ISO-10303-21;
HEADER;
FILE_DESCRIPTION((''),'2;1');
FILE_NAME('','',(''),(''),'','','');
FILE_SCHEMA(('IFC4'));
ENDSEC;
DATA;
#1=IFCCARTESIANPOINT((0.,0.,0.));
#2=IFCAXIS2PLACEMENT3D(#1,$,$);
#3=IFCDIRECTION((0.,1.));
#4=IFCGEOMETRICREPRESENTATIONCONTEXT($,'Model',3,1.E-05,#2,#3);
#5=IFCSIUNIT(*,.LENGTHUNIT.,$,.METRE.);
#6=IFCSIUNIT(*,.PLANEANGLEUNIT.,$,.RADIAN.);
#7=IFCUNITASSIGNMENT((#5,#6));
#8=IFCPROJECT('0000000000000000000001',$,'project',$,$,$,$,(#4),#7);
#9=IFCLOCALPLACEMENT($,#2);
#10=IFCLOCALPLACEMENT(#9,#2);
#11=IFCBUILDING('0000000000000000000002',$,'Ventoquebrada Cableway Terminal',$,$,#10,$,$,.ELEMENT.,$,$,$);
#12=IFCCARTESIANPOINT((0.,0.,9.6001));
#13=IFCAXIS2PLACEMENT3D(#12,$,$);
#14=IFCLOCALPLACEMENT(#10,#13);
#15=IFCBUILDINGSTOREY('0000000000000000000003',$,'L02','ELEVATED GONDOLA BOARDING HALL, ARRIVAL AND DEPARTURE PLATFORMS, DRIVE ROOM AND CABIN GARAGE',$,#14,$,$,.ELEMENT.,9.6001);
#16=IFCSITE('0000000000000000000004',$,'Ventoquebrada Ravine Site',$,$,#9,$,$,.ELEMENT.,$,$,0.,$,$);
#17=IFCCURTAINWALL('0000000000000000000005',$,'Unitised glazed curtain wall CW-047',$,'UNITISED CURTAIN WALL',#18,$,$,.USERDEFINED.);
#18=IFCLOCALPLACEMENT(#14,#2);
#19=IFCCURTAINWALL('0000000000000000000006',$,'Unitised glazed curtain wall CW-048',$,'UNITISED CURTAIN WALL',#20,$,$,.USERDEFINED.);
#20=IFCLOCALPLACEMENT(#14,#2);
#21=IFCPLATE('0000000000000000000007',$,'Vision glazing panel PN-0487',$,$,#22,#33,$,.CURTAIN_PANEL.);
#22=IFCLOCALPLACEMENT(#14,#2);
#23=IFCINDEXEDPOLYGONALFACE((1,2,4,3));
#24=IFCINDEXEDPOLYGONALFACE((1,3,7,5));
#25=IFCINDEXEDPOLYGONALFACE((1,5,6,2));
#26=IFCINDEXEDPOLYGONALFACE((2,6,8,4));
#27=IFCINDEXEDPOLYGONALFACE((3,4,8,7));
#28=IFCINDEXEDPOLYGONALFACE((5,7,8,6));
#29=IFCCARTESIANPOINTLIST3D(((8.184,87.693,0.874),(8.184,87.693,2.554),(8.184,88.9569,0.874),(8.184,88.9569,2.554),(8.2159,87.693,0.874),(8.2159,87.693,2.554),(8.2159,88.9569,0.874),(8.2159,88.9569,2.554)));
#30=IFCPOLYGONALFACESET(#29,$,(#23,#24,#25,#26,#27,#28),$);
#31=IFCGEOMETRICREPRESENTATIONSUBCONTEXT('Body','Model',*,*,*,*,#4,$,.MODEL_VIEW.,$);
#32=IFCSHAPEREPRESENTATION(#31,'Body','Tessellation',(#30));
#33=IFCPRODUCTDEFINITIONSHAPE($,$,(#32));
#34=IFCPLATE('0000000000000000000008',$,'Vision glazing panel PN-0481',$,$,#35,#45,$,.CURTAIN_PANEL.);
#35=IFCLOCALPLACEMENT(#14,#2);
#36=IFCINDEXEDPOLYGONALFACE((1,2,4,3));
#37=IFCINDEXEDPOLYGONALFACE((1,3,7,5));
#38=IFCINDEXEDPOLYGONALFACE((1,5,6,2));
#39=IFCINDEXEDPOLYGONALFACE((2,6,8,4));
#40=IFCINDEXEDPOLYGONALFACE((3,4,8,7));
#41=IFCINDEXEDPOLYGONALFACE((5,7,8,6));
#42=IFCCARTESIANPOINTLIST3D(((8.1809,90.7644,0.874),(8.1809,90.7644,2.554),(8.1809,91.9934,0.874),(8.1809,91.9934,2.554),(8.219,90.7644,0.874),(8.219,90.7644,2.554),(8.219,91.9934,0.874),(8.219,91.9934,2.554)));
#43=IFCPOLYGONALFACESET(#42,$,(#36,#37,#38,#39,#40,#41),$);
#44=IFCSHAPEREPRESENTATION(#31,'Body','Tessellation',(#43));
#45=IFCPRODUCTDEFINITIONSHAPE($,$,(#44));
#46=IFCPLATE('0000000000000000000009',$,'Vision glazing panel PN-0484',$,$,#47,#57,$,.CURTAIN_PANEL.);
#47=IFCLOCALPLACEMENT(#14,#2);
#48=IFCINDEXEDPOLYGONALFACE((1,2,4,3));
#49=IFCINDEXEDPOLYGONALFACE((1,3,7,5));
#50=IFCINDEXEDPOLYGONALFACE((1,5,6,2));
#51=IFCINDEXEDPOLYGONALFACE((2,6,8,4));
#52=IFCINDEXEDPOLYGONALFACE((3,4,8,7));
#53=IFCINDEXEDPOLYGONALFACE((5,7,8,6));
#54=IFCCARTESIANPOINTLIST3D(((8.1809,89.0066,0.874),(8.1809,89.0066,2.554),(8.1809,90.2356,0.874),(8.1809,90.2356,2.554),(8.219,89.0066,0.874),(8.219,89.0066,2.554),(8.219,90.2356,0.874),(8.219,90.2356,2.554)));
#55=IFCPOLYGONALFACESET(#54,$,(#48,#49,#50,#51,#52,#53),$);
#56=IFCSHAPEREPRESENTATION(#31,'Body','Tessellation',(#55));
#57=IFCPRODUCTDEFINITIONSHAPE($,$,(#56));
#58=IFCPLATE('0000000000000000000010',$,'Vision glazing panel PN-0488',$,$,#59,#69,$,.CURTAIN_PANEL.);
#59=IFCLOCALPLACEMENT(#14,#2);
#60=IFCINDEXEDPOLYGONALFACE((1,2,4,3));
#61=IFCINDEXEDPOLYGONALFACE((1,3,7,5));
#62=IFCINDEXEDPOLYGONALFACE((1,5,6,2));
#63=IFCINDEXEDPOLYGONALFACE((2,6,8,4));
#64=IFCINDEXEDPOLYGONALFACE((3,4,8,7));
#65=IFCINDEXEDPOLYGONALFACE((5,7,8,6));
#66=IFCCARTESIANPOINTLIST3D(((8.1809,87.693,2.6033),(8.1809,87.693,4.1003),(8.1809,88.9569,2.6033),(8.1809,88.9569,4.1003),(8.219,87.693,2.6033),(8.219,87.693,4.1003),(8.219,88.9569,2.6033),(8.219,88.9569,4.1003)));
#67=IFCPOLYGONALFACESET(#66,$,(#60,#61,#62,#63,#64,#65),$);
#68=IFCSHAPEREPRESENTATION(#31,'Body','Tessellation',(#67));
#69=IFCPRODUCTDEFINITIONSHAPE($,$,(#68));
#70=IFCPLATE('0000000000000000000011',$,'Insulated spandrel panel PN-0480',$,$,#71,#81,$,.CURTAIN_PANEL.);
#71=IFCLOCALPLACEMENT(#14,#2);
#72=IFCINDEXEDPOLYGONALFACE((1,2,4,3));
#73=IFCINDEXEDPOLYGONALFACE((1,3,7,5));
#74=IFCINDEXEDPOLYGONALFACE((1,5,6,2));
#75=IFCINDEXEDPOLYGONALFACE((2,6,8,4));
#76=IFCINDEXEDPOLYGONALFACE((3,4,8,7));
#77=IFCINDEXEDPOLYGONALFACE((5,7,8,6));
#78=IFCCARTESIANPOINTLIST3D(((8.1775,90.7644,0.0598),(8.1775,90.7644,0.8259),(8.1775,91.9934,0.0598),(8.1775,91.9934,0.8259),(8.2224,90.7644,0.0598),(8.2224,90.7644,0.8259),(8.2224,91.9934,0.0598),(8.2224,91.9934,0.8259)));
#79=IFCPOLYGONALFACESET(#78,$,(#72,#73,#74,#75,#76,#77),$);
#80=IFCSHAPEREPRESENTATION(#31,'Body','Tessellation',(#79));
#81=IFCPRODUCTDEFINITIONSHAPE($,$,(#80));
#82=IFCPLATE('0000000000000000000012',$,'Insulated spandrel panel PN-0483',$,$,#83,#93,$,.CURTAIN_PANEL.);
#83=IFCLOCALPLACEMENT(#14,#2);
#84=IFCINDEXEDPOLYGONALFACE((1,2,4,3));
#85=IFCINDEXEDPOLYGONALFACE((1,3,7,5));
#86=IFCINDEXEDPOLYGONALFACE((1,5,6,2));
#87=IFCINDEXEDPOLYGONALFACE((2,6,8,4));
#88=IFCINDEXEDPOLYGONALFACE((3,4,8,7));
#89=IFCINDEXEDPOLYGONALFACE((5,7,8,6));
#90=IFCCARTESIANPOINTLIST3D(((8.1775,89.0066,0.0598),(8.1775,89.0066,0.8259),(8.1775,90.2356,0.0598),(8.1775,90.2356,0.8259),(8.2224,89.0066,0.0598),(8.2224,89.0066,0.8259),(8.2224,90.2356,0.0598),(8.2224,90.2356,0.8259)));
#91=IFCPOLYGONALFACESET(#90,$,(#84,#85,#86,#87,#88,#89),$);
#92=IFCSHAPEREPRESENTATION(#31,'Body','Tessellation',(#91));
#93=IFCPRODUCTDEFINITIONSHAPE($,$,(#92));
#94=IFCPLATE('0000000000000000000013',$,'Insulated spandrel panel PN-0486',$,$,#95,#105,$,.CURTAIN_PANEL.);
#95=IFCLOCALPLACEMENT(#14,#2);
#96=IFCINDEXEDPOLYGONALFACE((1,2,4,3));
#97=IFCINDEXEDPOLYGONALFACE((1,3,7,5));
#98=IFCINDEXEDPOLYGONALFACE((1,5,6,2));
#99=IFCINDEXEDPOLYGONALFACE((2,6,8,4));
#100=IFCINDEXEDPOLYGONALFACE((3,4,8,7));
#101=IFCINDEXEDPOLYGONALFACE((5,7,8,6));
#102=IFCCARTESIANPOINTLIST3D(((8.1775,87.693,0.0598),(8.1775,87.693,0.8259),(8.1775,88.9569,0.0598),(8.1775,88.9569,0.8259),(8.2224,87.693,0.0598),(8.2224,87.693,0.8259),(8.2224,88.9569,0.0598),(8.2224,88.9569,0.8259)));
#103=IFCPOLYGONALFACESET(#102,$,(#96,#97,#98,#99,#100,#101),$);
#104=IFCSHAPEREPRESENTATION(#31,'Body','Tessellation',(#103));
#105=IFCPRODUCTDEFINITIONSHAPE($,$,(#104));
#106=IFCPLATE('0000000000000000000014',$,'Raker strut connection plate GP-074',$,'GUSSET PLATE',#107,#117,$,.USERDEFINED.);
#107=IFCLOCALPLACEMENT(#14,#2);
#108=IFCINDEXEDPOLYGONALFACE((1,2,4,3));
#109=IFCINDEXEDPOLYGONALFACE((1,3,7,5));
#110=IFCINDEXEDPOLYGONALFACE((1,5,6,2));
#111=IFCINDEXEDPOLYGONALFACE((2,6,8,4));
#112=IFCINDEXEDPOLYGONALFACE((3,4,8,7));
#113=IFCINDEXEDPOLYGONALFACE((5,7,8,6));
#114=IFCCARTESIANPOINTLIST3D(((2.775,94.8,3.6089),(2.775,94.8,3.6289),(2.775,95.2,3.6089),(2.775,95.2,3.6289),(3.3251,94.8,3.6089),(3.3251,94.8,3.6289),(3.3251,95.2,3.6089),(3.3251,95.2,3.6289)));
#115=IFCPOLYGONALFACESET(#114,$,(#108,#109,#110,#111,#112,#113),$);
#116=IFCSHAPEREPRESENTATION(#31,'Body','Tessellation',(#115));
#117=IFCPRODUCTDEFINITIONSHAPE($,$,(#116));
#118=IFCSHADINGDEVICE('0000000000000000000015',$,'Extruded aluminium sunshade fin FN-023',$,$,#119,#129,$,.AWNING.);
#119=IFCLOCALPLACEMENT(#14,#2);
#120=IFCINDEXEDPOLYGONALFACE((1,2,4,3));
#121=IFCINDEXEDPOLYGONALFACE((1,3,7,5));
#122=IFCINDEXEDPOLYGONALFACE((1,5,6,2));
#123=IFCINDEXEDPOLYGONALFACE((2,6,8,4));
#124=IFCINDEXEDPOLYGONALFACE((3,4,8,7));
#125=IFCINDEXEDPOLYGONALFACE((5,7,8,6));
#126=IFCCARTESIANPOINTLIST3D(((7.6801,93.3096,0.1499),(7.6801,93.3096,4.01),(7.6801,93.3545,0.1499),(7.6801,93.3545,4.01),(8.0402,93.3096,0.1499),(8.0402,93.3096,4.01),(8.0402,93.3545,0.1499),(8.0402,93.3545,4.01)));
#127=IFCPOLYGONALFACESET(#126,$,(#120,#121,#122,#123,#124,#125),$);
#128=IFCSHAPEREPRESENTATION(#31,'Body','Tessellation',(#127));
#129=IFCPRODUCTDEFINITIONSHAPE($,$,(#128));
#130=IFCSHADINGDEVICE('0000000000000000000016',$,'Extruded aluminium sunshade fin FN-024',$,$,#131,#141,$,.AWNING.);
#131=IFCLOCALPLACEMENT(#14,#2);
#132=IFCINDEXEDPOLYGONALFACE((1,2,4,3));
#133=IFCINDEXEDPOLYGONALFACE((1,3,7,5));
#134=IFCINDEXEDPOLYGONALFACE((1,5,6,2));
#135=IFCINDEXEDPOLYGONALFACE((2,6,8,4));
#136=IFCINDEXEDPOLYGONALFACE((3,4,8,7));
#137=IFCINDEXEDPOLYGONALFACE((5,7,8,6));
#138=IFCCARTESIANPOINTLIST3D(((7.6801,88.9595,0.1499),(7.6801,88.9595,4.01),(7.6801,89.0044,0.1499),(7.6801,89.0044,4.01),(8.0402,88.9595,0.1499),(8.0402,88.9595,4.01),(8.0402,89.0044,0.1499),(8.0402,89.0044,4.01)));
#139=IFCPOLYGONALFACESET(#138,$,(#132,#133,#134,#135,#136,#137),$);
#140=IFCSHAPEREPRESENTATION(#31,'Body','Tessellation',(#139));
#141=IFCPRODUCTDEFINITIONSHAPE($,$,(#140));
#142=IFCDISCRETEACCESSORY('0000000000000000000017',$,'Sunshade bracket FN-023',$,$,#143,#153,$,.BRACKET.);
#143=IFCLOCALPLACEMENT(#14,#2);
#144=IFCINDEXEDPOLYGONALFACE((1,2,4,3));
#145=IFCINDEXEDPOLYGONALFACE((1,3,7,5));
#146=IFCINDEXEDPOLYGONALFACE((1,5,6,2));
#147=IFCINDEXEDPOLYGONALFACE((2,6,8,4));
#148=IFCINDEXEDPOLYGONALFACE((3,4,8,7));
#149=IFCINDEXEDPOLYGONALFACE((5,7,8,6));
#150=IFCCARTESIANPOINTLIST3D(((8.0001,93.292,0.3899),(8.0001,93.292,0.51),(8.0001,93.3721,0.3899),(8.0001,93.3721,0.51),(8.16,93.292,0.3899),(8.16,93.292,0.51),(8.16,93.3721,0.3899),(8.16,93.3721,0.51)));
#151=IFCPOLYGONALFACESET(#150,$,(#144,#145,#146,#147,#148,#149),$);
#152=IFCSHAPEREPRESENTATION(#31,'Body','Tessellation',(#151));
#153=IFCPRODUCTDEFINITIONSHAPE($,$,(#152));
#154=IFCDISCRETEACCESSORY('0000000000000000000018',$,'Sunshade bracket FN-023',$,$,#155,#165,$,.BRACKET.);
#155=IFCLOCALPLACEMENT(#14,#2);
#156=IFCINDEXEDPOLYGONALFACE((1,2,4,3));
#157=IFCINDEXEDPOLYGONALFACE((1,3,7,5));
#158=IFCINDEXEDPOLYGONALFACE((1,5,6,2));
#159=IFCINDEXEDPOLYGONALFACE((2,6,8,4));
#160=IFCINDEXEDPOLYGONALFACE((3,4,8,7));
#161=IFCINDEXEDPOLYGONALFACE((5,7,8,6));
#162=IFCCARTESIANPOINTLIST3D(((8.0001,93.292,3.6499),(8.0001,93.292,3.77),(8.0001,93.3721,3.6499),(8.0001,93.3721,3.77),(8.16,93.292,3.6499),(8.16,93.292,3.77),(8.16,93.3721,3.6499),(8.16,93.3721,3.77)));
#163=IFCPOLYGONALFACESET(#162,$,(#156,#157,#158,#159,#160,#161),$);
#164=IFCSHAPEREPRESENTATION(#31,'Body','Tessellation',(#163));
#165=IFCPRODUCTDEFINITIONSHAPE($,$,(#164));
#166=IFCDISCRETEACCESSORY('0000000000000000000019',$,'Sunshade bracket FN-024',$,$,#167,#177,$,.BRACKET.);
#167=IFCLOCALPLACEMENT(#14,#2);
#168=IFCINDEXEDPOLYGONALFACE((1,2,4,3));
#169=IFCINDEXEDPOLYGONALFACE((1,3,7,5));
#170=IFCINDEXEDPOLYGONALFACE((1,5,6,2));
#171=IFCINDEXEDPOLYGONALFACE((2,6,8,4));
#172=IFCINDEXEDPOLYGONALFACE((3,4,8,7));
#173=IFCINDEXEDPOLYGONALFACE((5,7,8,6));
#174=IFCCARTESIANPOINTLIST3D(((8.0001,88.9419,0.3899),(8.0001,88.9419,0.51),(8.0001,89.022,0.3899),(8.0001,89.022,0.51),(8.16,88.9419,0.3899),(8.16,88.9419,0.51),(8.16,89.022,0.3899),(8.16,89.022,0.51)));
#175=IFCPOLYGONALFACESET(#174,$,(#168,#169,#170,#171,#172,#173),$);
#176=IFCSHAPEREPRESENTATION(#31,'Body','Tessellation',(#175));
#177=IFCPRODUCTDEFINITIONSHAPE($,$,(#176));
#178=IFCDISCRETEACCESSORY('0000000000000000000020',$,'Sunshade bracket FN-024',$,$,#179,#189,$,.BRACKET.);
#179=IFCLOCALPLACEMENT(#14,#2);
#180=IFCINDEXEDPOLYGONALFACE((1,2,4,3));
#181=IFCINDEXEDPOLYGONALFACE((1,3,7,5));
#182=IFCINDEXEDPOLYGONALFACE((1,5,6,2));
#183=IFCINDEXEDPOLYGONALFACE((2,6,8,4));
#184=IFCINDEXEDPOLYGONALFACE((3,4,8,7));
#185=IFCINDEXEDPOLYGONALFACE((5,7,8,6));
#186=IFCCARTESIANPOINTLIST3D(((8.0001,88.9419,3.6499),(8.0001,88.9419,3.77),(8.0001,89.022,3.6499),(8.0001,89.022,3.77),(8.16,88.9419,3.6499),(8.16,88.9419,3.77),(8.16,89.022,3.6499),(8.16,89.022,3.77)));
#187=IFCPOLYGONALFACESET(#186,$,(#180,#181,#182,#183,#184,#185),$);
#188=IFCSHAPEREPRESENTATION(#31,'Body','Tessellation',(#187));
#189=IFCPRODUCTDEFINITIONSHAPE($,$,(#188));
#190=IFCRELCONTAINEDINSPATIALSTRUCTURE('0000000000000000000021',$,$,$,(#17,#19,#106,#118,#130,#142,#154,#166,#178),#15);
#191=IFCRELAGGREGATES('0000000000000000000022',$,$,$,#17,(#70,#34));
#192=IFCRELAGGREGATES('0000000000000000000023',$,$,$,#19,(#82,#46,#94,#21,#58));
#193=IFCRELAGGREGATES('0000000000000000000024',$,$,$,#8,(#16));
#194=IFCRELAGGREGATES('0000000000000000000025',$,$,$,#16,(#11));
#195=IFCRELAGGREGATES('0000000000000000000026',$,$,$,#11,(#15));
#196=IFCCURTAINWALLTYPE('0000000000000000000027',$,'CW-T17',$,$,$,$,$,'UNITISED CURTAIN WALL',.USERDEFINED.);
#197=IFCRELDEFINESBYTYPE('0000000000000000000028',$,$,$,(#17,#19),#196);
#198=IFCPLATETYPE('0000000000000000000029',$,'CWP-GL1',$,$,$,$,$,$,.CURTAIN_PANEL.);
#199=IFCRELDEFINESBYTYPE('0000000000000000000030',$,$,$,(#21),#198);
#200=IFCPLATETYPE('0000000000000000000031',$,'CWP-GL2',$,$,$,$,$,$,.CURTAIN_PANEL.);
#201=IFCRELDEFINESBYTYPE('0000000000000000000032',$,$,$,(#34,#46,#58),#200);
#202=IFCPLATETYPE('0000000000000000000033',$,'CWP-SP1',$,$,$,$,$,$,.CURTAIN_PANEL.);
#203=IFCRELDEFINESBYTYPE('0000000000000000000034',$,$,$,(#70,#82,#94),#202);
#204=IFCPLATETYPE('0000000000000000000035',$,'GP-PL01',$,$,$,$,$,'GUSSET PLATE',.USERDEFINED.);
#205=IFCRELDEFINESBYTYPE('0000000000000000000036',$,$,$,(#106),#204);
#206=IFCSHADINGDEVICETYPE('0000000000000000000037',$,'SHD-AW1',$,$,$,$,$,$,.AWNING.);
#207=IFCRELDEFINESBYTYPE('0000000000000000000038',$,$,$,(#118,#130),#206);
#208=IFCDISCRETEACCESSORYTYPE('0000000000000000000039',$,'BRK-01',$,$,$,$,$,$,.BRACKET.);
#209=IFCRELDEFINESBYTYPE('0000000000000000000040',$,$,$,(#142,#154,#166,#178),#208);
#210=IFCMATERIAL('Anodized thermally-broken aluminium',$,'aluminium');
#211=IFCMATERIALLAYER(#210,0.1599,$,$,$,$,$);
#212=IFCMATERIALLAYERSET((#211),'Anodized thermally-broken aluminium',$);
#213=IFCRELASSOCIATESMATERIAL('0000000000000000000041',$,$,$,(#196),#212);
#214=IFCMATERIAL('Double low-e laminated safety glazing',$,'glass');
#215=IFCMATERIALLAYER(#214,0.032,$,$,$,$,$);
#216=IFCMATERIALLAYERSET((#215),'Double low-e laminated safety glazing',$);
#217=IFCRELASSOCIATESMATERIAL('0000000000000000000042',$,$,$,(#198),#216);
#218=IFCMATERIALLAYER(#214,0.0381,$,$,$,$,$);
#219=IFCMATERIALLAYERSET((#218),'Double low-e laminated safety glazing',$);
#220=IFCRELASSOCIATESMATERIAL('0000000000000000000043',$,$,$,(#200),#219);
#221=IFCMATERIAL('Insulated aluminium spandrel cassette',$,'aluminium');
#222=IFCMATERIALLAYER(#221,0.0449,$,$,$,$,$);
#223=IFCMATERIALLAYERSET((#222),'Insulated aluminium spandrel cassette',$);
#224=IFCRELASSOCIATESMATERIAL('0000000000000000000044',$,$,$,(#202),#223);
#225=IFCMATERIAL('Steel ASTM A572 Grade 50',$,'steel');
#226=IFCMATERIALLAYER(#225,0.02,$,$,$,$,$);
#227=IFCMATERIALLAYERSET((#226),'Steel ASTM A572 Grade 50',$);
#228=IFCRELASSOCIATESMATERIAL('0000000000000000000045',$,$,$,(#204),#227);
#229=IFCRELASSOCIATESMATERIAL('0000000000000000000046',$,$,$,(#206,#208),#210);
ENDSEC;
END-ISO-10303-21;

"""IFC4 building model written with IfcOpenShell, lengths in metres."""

from ifc_helpers import new_model, si_unit, direction, frame, origin, origin_2d, place, context, subcontext, project, spatial, rectangle, extrude, material, layer, layer_set, type_object, element, aggregate, save


model = new_model("IFC4")

# Units and contexts
model_context = context("Model", 3, precision=1e-05, world=origin(), true_north=direction((0.0, 1.0)))
body_context = subcontext(model_context, "Body", "Model", "MODEL_VIEW")
ifc_project = project(units=[si_unit("LENGTHUNIT", "METRE"), si_unit("PLANEANGLEUNIT", "RADIAN")], contexts=[model_context])

# Site, building, storey
site_placement = place(None, origin())
site = spatial("IfcSite", under=ifc_project, at=site_placement, Name="Ventoquebrada Ravine Site", CompositionType="ELEMENT", RefElevation=0.0)
building_placement = place(site_placement, origin())
building = spatial("IfcBuilding", under=site, at=building_placement, Name="Ventoquebrada Cableway Terminal", CompositionType="ELEMENT")
storey_placement = place(building_placement, frame((0.0, 0.0, 9.6001)))
storey = spatial("IfcBuildingStorey", under=building, at=storey_placement, Name="L02", Description="ELEVATED GONDOLA BOARDING HALL, ARRIVAL AND DEPARTURE PLATFORMS, DRIVE ROOM AND CABIN GARAGE", CompositionType="ELEMENT", Elevation=9.6001)

# Curtain wall
ifc_material_1 = material(Name="Anodized thermally-broken aluminium", Category="aluminium")
ifc_layer_1 = layer(ifc_material_1, 0.1599)
ifc_layer_set_1 = layer_set([ifc_layer_1], Name="Anodized thermally-broken aluminium")
curtain_wall_type = type_object("IfcCurtainWallType", Name="CW-T17", ElementType="UNITISED CURTAIN WALL", PredefinedType="USERDEFINED", material=ifc_layer_set_1)
curtain_wall_1_placement = place(storey_placement, origin())
curtain_wall_1 = element("IfcCurtainWall", 1, at=curtain_wall_1_placement, inside=storey, type_object=curtain_wall_type, Name="Unitised glazed curtain wall CW-047", ObjectType="UNITISED CURTAIN WALL", PredefinedType="USERDEFINED")

# Curtain wall
curtain_wall_2_placement = place(storey_placement, origin())
curtain_wall_2 = element("IfcCurtainWall", 2, at=curtain_wall_2_placement, inside=storey, type_object=curtain_wall_type, Name="Unitised glazed curtain wall CW-048", ObjectType="UNITISED CURTAIN WALL", PredefinedType="USERDEFINED")

# Plates
ifc_material_2 = material(Name="Double low-e laminated safety glazing", Category="glass")
ifc_layer_2 = layer(ifc_material_2, 0.032)
ifc_layer_set_2 = layer_set([ifc_layer_2], Name="Double low-e laminated safety glazing")
plate_type_1 = type_object("IfcPlateType", Name="CWP-GL1", PredefinedType="CURTAIN_PANEL", material=ifc_layer_set_2)
plate_1_placement = place(storey_placement, frame((8.2, 88.325, 0.874), z_axis=(0.0, 0.0, 1.0), x_axis=(0.0, -1.0, 0.0)))
plate_1 = element("IfcPlate", 3, at=plate_1_placement, type_object=plate_type_1, Name="Vision glazing panel PN-0487", PredefinedType="CURTAIN_PANEL", context=body_context, shape_type="SweptSolid", body=[
    extrude(rectangle(XDim=1.2639, YDim=0.032, at=origin_2d()), origin(), (0.0, 0.0, 1.0), 1.6799),
])
ifc_layer_3 = layer(ifc_material_2, 0.0381)
ifc_layer_set_3 = layer_set([ifc_layer_3], Name="Double low-e laminated safety glazing")
plate_type_2 = type_object("IfcPlateType", Name="CWP-GL2", PredefinedType="CURTAIN_PANEL", material=ifc_layer_set_3)
plate_2_placement = place(storey_placement, frame((8.2, 91.3789, 0.874), z_axis=(0.0, 0.0, 1.0), x_axis=(0.0, -1.0, 0.0)))
plate_2 = element("IfcPlate", 4, at=plate_2_placement, type_object=plate_type_2, Name="Vision glazing panel PN-0481", PredefinedType="CURTAIN_PANEL", context=body_context, shape_type="SweptSolid", body=[
    extrude(rectangle(XDim=1.229, YDim=0.0381, at=origin_2d()), origin(), (0.0, 0.0, 1.0), 1.6799),
])
plate_3_placement = place(storey_placement, frame((8.2, 89.6211, 0.874), z_axis=(0.0, 0.0, 1.0), x_axis=(0.0, -1.0, 0.0)))
plate_3 = element("IfcPlate", 5, at=plate_3_placement, type_object=plate_type_2, Name="Vision glazing panel PN-0484", PredefinedType="CURTAIN_PANEL", context=body_context, shape_type="SweptSolid", body=[
    extrude(rectangle(XDim=1.229, YDim=0.0381, at=origin_2d()), origin(), (0.0, 0.0, 1.0), 1.6799),
])
plate_4_placement = place(storey_placement, frame((8.2, 88.325, 2.6033), z_axis=(0.0, 0.0, 1.0), x_axis=(0.0, -1.0, 0.0)))
plate_4 = element("IfcPlate", 6, at=plate_4_placement, type_object=plate_type_2, Name="Vision glazing panel PN-0488", PredefinedType="CURTAIN_PANEL", context=body_context, shape_type="SweptSolid", body=[
    extrude(rectangle(XDim=1.2639, YDim=0.0381, at=origin_2d()), origin(), (0.0, 0.0, 1.0), 1.4971),
])
ifc_material_3 = material(Name="Insulated aluminium spandrel cassette", Category="aluminium")
ifc_layer_4 = layer(ifc_material_3, 0.0449)
ifc_layer_set_4 = layer_set([ifc_layer_4], Name="Insulated aluminium spandrel cassette")
plate_type_3 = type_object("IfcPlateType", Name="CWP-SP1", PredefinedType="CURTAIN_PANEL", material=ifc_layer_set_4)
plate_5_placement = place(storey_placement, frame((8.2, 91.3789, 0.0598), z_axis=(0.0, 0.0, 1.0), x_axis=(0.0, -1.0, 0.0)))
plate_5 = element("IfcPlate", 7, at=plate_5_placement, type_object=plate_type_3, Name="Insulated spandrel panel PN-0480", PredefinedType="CURTAIN_PANEL", context=body_context, shape_type="SweptSolid", body=[
    extrude(rectangle(XDim=1.229, YDim=0.0449, at=origin_2d()), origin(), (0.0, 0.0, 1.0), 0.7661),
])
aggregate(curtain_wall_1, [plate_5, plate_2])
plate_6_placement = place(storey_placement, frame((8.2, 89.6211, 0.0598), z_axis=(0.0, 0.0, 1.0), x_axis=(0.0, -1.0, 0.0)))
plate_6 = element("IfcPlate", 8, at=plate_6_placement, type_object=plate_type_3, Name="Insulated spandrel panel PN-0483", PredefinedType="CURTAIN_PANEL", context=body_context, shape_type="SweptSolid", body=[
    extrude(rectangle(XDim=1.229, YDim=0.0449, at=origin_2d()), origin(), (0.0, 0.0, 1.0), 0.7661),
])
plate_7_placement = place(storey_placement, frame((8.2, 88.325, 0.0598), z_axis=(0.0, 0.0, 1.0), x_axis=(0.0, -1.0, 0.0)))
plate_7 = element("IfcPlate", 9, at=plate_7_placement, type_object=plate_type_3, Name="Insulated spandrel panel PN-0486", PredefinedType="CURTAIN_PANEL", context=body_context, shape_type="SweptSolid", body=[
    extrude(rectangle(XDim=1.2639, YDim=0.0449, at=origin_2d()), origin(), (0.0, 0.0, 1.0), 0.7661),
])
aggregate(curtain_wall_2, [plate_6, plate_3, plate_7, plate_1, plate_4])
ifc_material_4 = material(Name="Steel ASTM A572 Grade 50", Category="steel")
ifc_layer_5 = layer(ifc_material_4, 0.02)
ifc_layer_set_5 = layer_set([ifc_layer_5], Name="Steel ASTM A572 Grade 50")
plate_type_4 = type_object("IfcPlateType", Name="GP-PL01", ElementType="GUSSET PLATE", PredefinedType="USERDEFINED", material=ifc_layer_set_5)
plate_8_placement = place(storey_placement, frame((3.05, 95.0, 3.6089), z_axis=(0.0, 0.0, 1.0), x_axis=(1.0, 0.0, 0.0)))
element("IfcPlate", 10, at=plate_8_placement, inside=storey, type_object=plate_type_4, Name="Raker strut connection plate GP-074", ObjectType="GUSSET PLATE", PredefinedType="USERDEFINED", context=body_context, shape_type="SweptSolid", body=[
    extrude(rectangle(XDim=0.55, YDim=0.3999, at=origin_2d()), origin(), (0.0, 0.0, 1.0), 0.02),
])

# Shading devices
shading_device_type = type_object("IfcShadingDeviceType", Name="SHD-AW1", PredefinedType="AWNING", material=ifc_material_1)
for number, where, z_axis, x_axis, name in (
    (11, (7.8601, 93.332, 0.1499), (0.0, 0.0, 1.0), (0.0, -1.0, 0.0), "Extruded aluminium sunshade fin FN-023"),
    (12, (7.8601, 88.9819, 0.1499), (0.0, 0.0, 1.0), (0.0, -1.0, 0.0), "Extruded aluminium sunshade fin FN-024"),
):
    element("IfcShadingDevice", number, at=place(storey_placement, frame(where, z_axis=z_axis, x_axis=x_axis)), inside=storey, type_object=shading_device_type, Name=name, PredefinedType="AWNING", context=body_context, shape_type="SweptSolid", body=[
        extrude(rectangle(XDim=0.0449, YDim=0.3601, at=origin_2d()), origin(), (0.0, 0.0, 1.0), 3.8601),
    ])

# Discrete accessories
discrete_accessory_type = type_object("IfcDiscreteAccessoryType", Name="BRK-01", PredefinedType="BRACKET", material=ifc_material_1)
for number, where, z_axis, x_axis, name in (
    (13, (8.0801, 93.332, 0.3899), (0.0, 0.0, 1.0), (0.0, -1.0, 0.0), "Sunshade bracket FN-023"),
    (14, (8.0801, 93.332, 3.6499), (0.0, 0.0, 1.0), (0.0, -1.0, 0.0), "Sunshade bracket FN-023"),
    (15, (8.0801, 88.9819, 0.3899), (0.0, 0.0, 1.0), (0.0, -1.0, 0.0), "Sunshade bracket FN-024"),
    (16, (8.0801, 88.9819, 3.6499), (0.0, 0.0, 1.0), (0.0, -1.0, 0.0), "Sunshade bracket FN-024"),
):
    element("IfcDiscreteAccessory", number, at=place(storey_placement, frame(where, z_axis=z_axis, x_axis=x_axis)), inside=storey, type_object=discrete_accessory_type, Name=name, PredefinedType="BRACKET", context=body_context, shape_type="SweptSolid", body=[
        extrude(rectangle(XDim=0.0801, YDim=0.1599, at=origin_2d()), origin(), (0.0, 0.0, 1.0), 0.1201),
    ])

save(model, "model.ifc")
